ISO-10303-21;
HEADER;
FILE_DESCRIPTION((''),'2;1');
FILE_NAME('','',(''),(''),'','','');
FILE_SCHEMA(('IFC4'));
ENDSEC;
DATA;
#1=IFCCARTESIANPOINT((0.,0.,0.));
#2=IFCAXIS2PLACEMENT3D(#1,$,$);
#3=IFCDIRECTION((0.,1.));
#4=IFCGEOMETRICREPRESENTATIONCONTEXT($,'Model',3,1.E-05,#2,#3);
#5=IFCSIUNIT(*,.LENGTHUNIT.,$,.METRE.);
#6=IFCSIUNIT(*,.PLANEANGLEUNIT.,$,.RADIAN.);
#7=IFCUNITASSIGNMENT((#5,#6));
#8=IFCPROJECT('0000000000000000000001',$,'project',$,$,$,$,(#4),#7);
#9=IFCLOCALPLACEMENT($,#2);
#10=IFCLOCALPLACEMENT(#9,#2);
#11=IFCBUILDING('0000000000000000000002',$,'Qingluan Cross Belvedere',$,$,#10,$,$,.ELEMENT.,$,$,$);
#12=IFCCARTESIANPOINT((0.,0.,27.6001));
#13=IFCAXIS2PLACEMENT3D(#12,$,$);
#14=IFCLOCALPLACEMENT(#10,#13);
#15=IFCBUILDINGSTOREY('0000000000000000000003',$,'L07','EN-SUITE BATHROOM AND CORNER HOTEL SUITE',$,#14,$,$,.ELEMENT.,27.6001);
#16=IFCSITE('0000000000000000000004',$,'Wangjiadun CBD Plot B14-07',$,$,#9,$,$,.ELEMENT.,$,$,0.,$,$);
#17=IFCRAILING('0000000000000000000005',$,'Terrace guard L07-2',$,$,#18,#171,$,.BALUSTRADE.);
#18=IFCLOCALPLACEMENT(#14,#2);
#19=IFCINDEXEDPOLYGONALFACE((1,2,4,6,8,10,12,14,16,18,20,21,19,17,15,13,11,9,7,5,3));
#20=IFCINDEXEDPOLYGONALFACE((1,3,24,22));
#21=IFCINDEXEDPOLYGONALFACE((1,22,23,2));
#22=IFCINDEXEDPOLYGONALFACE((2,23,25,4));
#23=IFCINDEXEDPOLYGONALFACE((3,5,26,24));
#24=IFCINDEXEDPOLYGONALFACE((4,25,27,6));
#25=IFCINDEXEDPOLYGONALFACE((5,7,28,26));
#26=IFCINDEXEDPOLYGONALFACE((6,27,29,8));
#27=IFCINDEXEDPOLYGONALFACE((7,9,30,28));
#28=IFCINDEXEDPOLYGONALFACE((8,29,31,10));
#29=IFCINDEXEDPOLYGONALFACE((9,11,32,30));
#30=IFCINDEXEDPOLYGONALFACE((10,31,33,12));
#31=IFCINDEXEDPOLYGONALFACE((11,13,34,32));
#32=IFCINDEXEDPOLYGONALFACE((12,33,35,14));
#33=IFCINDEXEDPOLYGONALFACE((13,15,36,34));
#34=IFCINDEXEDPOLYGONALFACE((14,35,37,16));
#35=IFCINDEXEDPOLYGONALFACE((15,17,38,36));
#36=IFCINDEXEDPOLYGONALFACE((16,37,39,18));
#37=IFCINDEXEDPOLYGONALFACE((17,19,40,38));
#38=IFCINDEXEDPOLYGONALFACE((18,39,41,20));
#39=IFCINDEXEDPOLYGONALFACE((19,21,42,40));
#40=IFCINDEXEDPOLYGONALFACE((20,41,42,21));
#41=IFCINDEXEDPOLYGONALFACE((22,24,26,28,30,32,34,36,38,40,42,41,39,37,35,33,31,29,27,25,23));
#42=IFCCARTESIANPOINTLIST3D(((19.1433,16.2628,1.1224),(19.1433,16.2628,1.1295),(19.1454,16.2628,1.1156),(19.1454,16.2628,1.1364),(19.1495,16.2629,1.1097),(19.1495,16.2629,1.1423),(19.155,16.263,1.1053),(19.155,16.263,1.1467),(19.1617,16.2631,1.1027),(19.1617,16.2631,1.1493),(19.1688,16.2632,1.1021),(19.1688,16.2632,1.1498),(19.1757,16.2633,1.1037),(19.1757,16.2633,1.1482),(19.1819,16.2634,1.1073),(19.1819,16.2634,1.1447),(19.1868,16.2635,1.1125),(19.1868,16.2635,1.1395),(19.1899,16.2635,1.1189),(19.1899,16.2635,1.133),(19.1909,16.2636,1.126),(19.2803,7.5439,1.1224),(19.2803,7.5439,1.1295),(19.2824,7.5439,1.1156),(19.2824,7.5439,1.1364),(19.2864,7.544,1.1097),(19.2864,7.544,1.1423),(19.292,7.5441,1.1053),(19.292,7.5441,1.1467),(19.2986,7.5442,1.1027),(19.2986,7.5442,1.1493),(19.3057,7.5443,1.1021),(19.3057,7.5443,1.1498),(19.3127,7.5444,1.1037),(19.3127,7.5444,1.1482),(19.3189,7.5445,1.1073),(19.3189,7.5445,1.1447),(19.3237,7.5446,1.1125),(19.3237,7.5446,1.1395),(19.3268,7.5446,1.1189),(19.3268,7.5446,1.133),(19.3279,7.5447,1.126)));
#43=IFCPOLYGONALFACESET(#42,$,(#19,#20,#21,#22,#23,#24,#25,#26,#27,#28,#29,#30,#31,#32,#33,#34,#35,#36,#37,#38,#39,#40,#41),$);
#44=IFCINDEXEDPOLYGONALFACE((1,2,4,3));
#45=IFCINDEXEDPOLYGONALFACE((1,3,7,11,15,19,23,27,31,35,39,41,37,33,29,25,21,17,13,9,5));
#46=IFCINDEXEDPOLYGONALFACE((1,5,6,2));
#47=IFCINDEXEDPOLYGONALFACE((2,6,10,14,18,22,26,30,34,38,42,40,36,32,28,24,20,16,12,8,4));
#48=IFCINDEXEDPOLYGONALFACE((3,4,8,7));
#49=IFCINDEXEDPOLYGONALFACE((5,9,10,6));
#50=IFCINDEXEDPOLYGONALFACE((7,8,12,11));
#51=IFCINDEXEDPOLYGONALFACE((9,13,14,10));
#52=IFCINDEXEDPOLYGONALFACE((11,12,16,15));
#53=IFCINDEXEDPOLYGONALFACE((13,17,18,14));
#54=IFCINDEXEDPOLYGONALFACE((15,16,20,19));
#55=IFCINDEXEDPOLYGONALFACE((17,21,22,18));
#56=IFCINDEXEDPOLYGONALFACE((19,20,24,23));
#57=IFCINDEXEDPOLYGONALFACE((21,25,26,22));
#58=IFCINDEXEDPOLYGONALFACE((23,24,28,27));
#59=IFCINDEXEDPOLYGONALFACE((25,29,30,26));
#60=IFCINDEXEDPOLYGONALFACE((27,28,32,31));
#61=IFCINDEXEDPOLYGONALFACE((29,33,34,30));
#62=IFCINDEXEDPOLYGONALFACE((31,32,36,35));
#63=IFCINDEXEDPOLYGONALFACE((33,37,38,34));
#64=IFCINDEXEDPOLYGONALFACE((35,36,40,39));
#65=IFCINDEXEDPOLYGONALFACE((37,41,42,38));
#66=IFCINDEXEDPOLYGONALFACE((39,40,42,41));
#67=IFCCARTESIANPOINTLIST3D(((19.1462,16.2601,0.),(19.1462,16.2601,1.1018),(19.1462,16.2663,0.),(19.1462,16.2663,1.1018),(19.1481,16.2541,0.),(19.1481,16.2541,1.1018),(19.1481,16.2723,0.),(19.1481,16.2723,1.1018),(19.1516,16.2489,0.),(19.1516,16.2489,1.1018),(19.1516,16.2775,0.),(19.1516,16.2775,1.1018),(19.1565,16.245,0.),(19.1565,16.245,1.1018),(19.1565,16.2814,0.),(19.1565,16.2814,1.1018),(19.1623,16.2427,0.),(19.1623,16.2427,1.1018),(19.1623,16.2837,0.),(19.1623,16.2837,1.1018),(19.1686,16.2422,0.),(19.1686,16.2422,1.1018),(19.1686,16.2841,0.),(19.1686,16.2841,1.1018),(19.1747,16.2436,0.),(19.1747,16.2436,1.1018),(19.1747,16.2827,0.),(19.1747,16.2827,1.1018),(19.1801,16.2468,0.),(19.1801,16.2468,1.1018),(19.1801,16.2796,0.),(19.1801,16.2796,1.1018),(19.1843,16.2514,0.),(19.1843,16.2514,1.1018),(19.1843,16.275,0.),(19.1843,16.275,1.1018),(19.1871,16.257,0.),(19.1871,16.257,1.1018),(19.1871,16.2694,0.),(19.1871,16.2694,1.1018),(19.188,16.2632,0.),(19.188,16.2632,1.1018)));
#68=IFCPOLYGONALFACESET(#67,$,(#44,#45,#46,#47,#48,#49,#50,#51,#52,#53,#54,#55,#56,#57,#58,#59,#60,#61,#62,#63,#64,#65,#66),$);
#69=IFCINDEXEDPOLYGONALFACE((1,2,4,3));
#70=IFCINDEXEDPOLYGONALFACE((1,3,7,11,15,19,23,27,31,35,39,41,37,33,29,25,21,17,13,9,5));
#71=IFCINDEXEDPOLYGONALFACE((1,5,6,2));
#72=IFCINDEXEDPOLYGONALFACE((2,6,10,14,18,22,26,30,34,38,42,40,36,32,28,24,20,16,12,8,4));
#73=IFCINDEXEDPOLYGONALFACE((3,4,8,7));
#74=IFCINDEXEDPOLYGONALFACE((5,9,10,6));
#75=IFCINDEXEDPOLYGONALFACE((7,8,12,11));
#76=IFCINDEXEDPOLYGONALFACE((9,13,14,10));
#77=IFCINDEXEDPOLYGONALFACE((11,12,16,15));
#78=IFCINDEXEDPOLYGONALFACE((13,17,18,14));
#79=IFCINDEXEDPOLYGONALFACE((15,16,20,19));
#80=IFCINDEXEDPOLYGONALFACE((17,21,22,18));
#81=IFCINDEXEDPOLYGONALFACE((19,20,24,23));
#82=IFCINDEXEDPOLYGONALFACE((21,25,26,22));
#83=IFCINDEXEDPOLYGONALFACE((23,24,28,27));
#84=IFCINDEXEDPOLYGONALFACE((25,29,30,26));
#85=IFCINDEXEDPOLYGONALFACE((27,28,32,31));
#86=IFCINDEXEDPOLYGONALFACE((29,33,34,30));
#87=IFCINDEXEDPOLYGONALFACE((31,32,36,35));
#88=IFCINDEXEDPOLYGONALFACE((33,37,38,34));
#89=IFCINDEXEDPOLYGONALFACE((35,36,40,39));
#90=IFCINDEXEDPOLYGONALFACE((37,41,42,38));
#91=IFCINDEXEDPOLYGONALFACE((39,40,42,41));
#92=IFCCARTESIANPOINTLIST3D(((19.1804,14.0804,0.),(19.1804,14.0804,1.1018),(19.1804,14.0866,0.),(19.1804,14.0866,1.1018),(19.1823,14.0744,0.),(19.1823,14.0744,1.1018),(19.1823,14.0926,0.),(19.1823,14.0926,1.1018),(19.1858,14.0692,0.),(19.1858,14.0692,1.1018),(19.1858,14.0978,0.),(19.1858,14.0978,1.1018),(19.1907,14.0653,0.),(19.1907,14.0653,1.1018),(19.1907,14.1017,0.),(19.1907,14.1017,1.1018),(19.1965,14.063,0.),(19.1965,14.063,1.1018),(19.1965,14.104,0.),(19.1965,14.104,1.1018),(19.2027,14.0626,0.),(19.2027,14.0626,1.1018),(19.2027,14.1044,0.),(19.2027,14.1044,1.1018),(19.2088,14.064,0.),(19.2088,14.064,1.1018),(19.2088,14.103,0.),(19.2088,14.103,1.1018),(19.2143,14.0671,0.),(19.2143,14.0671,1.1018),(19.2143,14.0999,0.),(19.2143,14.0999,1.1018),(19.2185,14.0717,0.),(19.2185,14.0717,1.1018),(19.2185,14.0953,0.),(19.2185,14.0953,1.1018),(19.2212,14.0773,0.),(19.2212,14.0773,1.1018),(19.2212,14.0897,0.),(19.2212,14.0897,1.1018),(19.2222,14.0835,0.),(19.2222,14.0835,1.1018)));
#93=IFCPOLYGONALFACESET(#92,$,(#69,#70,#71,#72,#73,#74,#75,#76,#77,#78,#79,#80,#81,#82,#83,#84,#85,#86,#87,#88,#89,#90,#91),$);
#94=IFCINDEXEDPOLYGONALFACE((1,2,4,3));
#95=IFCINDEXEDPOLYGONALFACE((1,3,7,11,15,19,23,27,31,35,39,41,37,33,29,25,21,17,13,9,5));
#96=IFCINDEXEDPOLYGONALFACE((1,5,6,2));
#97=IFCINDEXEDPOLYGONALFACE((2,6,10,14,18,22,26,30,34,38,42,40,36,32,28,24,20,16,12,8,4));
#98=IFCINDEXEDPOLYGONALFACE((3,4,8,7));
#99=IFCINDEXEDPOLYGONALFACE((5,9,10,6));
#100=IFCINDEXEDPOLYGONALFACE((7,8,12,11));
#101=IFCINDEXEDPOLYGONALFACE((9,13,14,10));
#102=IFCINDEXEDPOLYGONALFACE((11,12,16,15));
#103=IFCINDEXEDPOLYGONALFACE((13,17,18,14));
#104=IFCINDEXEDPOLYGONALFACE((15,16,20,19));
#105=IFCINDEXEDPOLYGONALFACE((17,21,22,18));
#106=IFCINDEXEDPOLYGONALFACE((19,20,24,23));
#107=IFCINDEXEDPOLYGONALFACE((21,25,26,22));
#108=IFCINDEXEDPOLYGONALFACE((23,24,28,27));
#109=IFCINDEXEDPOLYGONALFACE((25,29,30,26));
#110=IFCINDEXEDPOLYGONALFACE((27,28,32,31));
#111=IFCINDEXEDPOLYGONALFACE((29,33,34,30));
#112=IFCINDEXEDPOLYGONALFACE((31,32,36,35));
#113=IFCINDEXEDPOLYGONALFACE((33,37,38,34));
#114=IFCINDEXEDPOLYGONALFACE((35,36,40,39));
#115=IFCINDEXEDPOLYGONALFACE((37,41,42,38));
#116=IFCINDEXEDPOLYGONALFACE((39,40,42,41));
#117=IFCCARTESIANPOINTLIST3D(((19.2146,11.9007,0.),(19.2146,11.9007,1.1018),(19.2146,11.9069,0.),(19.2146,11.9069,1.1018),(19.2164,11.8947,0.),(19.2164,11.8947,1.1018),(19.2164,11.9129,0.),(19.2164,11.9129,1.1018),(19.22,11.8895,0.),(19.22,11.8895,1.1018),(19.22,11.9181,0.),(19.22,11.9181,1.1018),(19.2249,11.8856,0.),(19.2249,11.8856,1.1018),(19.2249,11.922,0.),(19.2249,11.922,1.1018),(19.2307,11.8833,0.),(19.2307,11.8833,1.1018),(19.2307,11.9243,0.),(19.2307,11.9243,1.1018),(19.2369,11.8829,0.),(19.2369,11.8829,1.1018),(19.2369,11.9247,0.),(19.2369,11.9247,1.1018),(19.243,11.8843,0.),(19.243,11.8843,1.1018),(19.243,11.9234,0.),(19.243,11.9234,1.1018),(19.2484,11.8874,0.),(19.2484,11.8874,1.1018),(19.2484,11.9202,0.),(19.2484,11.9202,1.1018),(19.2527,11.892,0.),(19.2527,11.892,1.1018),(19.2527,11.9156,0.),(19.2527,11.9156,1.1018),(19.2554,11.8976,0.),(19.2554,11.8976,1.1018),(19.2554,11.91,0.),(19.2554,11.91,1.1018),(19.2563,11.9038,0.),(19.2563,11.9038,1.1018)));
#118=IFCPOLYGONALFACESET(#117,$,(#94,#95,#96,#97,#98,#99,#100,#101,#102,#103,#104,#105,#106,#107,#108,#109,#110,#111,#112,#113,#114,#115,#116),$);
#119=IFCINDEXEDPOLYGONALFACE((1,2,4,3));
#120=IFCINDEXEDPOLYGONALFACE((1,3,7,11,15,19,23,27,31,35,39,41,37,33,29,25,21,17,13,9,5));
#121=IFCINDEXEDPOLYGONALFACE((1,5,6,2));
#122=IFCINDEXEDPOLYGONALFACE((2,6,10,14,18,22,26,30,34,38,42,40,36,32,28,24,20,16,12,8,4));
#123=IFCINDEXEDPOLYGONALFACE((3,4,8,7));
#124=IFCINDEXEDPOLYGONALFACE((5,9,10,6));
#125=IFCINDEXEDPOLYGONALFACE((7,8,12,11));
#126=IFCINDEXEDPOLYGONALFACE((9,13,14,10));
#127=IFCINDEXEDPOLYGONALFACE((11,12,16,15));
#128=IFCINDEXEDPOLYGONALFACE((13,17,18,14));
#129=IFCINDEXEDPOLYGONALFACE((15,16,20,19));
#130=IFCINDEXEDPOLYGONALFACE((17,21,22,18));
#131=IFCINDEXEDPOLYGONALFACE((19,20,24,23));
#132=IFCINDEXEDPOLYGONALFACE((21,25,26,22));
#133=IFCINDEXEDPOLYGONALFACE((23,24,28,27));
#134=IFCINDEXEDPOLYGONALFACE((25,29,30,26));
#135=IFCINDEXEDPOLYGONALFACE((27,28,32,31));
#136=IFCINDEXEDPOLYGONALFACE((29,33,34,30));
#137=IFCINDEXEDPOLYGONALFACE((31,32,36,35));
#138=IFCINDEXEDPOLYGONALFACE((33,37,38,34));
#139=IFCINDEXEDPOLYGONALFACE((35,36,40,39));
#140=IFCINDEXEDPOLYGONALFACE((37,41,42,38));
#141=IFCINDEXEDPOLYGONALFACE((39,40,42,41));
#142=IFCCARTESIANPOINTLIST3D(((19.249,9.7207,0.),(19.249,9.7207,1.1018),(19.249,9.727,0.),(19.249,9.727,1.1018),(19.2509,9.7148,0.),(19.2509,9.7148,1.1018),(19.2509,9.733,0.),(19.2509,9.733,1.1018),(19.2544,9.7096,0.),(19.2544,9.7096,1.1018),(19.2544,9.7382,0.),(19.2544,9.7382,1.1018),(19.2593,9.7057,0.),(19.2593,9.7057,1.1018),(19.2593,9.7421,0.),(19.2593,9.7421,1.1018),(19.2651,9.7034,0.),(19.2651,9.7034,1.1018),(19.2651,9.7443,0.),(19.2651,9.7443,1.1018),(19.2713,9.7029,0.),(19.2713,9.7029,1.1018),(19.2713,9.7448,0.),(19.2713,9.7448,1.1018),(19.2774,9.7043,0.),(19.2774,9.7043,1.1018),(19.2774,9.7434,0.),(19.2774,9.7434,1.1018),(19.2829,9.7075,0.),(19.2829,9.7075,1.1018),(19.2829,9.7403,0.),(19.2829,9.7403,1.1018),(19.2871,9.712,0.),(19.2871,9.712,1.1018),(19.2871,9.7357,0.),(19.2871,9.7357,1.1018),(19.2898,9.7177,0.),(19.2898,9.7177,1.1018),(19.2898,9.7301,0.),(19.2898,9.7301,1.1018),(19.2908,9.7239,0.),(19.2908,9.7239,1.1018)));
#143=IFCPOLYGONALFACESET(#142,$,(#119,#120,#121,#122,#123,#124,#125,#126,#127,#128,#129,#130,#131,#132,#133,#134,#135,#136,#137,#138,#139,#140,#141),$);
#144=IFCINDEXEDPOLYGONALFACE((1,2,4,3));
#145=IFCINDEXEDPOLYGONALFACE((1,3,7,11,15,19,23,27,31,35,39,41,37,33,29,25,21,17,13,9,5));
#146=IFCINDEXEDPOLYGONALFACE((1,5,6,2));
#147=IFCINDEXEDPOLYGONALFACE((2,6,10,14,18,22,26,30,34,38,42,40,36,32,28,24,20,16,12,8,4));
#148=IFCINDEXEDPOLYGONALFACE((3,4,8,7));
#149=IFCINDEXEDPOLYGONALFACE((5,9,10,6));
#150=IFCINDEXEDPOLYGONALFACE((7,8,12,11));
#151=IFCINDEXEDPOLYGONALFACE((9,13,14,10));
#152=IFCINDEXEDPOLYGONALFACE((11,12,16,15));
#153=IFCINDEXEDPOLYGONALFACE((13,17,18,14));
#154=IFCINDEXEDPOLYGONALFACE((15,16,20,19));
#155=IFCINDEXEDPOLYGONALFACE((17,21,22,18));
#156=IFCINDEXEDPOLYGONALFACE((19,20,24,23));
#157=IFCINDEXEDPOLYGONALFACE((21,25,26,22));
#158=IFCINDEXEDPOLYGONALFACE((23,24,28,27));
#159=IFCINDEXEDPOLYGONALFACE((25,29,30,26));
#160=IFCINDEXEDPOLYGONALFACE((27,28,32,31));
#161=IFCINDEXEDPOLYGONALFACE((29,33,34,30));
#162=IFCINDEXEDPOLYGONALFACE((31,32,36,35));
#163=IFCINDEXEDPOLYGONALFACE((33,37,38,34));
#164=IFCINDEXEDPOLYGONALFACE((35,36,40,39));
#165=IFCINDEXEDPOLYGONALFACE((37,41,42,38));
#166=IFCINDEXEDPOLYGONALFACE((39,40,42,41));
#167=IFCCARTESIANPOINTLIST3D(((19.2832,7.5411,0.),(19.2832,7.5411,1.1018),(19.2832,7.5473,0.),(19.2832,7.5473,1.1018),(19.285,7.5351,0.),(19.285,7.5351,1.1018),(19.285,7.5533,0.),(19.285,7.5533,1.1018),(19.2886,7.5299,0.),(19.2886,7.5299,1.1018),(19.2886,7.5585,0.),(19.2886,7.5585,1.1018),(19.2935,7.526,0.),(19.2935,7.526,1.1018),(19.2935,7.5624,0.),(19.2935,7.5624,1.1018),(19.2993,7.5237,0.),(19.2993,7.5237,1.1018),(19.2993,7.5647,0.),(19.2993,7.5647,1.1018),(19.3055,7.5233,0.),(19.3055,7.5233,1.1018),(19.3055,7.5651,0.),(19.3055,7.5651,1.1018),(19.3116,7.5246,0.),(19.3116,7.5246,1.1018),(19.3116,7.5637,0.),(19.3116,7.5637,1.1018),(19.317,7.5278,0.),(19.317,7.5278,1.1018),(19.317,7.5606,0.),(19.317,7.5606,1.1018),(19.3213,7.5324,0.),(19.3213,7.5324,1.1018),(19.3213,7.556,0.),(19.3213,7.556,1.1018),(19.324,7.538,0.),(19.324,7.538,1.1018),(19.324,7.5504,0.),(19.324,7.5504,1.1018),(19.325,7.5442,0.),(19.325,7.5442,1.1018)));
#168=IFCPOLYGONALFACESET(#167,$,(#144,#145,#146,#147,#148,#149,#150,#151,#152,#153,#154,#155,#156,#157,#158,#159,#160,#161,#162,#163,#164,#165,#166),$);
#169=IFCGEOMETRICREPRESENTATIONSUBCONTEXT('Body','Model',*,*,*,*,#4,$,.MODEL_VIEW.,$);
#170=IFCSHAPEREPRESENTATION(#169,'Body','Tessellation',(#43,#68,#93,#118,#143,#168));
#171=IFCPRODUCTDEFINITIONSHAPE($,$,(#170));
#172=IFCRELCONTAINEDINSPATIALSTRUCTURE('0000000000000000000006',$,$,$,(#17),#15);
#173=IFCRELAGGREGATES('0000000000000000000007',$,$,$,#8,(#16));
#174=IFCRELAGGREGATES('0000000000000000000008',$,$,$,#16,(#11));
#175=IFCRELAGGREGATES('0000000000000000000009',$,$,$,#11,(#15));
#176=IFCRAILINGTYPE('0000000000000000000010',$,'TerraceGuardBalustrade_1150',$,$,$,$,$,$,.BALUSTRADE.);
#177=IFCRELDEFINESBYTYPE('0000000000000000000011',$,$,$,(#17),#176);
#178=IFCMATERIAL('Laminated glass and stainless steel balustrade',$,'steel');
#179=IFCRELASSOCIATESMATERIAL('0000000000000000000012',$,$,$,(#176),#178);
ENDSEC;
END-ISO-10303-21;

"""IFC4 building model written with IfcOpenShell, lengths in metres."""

from ifc_helpers import new_model, si_unit, direction, frame, origin, origin_2d, place, context, subcontext, project, spatial, circle, extrude, material, type_object, element, save


model = new_model("IFC4")

# Units and contexts
model_context = context("Model", 3, precision=1e-05, world=origin(), true_north=direction((0.0, 1.0)))
body_context = subcontext(model_context, "Body", "Model", "MODEL_VIEW")
ifc_project = project(units=[si_unit("LENGTHUNIT", "METRE"), si_unit("PLANEANGLEUNIT", "RADIAN")], contexts=[model_context])

# Site, building, storey
site_placement = place(None, origin())
site = spatial("IfcSite", under=ifc_project, at=site_placement, Name="Wangjiadun CBD Plot B14-07", CompositionType="ELEMENT", RefElevation=0.0)
building_placement = place(site_placement, origin())
building = spatial("IfcBuilding", under=site, at=building_placement, Name="Qingluan Cross Belvedere", CompositionType="ELEMENT")
storey_placement = place(building_placement, frame((0.0, 0.0, 27.6001)))
storey = spatial("IfcBuildingStorey", under=building, at=storey_placement, Name="L07", Description="EN-SUITE BATHROOM AND CORNER HOTEL SUITE", CompositionType="ELEMENT", Elevation=27.6001)

# Railing
ifc_material_1 = material(Name="Laminated glass and stainless steel balustrade", Category="steel")
railing_type = type_object("IfcRailingType", Name="TerraceGuardBalustrade_1150", PredefinedType="BALUSTRADE", material=ifc_material_1)
railing_1_placement = place(storey_placement, frame((19.167, 16.2632, 0.0)))
element("IfcRailing", 1, at=railing_1_placement, inside=storey, type_object=railing_type, Name="Terrace guard L07-2", PredefinedType="BALUSTRADE", context=body_context, shape_type="SweptSolid", body=[
    extrude(circle(Radius=0.0239, at=origin_2d()), frame((0.0, 0.0, 1.126), z_axis=(0.015707, -0.999877, 0.0), x_axis=(0.999877, 0.015707, 0.0)), (0.0, 0.0, 1.0), 8.72),
    extrude(circle(Radius=0.021, at=origin_2d()), origin(), (0.0, 0.0, 1.0), 1.1018),
    extrude(circle(Radius=0.021, at=origin_2d()), frame((0.0342, -2.1797, 0.0)), (0.0, 0.0, 1.0), 1.1018),
    extrude(circle(Radius=0.021, at=origin_2d()), frame((0.0684, -4.3594, 0.0)), (0.0, 0.0, 1.0), 1.1018),
    extrude(circle(Radius=0.021, at=origin_2d()), frame((0.1028, -6.5393, 0.0)), (0.0, 0.0, 1.0), 1.1018),
    extrude(circle(Radius=0.021, at=origin_2d()), frame((0.137, -8.719, 0.0)), (0.0, 0.0, 1.0), 1.1018),
])

save(model, "model.ifc")
